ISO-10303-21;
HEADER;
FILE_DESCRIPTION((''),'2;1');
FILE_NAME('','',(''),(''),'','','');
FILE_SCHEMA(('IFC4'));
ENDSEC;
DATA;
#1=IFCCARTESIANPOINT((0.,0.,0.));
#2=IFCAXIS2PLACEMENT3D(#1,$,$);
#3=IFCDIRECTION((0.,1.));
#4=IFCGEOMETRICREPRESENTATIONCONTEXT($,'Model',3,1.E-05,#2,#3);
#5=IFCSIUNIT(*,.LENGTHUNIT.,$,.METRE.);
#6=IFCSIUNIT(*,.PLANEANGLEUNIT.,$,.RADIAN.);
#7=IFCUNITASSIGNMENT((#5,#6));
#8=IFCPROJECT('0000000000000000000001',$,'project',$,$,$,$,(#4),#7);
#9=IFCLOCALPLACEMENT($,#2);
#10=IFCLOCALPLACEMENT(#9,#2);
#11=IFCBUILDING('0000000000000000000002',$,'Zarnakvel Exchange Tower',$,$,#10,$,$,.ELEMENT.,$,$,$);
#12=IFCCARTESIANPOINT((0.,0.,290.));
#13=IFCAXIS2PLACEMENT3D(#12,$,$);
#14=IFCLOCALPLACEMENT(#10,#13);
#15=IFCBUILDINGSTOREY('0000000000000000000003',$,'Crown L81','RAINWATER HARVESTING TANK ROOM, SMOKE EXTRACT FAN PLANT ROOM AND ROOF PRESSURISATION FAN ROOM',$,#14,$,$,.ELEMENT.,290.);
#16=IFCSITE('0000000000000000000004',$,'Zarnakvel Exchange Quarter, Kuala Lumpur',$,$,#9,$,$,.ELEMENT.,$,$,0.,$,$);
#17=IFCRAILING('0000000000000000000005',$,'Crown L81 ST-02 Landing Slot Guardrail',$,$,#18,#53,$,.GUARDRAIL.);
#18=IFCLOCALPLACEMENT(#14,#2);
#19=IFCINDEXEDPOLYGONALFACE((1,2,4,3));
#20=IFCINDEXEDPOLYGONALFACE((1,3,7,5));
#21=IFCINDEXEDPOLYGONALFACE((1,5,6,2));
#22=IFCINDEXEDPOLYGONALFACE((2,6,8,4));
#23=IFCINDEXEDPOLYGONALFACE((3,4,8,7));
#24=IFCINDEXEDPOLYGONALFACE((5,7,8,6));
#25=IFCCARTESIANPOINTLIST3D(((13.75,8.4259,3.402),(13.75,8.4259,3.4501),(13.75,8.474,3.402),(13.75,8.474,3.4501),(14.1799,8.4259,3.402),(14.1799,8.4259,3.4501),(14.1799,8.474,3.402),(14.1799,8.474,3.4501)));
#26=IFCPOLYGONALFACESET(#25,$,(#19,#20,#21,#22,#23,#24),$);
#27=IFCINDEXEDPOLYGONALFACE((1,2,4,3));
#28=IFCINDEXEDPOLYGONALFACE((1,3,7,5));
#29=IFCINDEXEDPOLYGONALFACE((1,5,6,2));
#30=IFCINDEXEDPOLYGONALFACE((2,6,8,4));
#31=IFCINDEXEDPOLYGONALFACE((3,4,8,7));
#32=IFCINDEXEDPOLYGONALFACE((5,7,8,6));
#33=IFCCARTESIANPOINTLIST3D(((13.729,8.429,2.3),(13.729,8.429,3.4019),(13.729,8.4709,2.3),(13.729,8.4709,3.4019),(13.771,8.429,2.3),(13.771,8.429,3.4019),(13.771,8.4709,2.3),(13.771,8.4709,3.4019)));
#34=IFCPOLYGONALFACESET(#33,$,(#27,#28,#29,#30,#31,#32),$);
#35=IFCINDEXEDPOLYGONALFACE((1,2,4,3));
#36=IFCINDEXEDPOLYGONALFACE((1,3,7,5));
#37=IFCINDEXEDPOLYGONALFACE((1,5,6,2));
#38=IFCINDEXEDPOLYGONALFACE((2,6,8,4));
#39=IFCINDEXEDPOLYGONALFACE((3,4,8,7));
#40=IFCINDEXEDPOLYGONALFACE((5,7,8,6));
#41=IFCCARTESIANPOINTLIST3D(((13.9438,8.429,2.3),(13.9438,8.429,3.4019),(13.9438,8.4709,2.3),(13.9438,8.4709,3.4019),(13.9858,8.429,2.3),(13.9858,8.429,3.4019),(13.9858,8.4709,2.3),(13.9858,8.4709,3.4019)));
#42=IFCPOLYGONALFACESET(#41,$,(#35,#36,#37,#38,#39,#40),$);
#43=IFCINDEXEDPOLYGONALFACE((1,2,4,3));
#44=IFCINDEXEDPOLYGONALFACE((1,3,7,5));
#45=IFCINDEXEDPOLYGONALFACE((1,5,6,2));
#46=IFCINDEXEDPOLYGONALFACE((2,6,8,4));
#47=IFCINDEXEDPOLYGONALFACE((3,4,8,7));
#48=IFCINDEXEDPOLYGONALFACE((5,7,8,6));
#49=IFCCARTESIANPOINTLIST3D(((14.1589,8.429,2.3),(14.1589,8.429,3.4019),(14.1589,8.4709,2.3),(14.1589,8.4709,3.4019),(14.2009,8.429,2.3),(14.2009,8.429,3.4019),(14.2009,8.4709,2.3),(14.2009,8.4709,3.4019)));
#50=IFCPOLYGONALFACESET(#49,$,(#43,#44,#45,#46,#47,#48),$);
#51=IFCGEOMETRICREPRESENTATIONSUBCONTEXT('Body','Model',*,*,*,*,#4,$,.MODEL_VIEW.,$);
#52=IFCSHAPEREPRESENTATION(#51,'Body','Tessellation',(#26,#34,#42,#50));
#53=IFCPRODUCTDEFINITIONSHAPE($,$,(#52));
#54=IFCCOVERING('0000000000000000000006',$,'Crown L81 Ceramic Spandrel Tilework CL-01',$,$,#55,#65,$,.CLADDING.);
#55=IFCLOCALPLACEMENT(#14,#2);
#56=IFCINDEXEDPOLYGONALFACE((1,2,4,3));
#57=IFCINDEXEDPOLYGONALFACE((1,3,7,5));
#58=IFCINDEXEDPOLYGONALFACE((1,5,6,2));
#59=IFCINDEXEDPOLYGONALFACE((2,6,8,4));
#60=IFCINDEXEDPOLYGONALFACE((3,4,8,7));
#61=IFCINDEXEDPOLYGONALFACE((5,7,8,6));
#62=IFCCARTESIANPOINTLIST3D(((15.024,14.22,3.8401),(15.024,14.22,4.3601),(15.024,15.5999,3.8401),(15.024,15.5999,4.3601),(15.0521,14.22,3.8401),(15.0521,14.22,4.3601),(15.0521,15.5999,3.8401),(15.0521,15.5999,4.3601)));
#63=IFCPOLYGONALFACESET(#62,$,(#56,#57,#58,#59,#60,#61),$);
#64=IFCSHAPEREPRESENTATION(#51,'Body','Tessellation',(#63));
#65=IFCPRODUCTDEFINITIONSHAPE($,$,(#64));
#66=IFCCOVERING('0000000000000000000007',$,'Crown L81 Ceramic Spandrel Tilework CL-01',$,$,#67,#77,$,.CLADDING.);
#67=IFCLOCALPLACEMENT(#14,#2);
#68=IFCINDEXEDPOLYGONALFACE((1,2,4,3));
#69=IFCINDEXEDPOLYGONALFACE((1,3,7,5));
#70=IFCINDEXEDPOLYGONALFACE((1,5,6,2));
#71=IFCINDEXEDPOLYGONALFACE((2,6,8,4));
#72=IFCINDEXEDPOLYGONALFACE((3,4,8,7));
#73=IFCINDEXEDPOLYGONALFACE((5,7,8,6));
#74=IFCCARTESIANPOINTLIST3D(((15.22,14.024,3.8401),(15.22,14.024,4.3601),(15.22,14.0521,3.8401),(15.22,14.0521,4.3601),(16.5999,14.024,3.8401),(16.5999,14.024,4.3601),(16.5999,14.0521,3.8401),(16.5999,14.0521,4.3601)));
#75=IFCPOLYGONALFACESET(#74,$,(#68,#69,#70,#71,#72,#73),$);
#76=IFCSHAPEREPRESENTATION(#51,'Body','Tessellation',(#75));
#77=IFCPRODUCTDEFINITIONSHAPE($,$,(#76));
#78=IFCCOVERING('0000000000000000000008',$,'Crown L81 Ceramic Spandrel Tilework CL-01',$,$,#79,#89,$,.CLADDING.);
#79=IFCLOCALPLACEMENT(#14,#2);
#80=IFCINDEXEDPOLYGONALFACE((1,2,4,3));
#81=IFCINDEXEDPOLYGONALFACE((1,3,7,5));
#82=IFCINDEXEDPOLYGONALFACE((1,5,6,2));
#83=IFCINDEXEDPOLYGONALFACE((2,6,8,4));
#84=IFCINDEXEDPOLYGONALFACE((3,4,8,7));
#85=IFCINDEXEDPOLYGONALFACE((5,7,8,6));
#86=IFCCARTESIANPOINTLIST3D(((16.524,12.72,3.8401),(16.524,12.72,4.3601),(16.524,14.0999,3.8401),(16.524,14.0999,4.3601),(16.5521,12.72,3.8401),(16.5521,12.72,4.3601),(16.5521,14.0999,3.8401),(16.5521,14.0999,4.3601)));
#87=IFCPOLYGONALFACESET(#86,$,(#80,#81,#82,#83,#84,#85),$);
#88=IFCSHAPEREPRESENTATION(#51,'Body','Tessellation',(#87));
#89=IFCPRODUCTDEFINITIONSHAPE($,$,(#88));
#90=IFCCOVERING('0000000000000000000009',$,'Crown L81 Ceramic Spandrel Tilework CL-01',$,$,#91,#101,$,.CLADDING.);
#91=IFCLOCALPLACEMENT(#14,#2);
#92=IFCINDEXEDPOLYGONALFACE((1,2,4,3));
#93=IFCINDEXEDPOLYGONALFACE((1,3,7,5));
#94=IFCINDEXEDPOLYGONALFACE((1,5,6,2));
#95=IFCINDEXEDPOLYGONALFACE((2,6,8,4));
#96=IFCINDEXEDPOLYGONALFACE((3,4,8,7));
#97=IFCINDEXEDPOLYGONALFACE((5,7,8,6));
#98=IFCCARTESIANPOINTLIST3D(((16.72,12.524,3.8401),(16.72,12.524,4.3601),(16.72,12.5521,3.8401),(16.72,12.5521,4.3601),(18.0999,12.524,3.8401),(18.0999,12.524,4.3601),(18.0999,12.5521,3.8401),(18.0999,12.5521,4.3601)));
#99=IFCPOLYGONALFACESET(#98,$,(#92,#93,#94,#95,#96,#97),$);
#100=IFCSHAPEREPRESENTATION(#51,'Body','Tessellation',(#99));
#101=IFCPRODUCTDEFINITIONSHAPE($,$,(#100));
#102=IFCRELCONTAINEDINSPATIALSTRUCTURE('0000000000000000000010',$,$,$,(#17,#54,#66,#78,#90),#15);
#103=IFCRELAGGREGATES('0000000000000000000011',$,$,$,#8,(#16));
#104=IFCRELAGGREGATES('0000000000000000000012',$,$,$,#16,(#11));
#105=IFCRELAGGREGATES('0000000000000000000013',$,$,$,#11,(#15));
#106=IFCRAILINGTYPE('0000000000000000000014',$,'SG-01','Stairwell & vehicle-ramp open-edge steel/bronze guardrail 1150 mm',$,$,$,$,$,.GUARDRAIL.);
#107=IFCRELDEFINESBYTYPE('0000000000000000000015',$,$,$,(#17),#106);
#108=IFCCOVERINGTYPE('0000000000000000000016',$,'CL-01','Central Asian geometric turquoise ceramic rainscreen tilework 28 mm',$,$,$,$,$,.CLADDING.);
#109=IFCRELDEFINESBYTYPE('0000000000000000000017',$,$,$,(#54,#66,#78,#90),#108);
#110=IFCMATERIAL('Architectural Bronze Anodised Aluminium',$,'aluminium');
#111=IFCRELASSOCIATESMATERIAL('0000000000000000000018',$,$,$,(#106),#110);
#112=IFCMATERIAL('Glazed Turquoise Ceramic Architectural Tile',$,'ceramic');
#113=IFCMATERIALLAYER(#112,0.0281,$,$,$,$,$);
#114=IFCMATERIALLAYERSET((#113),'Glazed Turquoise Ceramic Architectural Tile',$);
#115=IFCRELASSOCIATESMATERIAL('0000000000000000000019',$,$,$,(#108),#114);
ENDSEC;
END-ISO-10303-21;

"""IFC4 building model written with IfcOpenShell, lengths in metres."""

from ifc_helpers import new_model, si_unit, direction, frame, origin, origin_2d, place, context, subcontext, project, spatial, rectangle, extrude, source, transform, mapped, material, layer, layer_set, type_object, element, save


model = new_model("IFC4")

# Units and contexts
model_context = context("Model", 3, precision=1e-05, world=origin(), true_north=direction((0.0, 1.0)))
body_context = subcontext(model_context, "Body", "Model", "MODEL_VIEW")
ifc_project = project(units=[si_unit("LENGTHUNIT", "METRE"), si_unit("PLANEANGLEUNIT", "RADIAN")], contexts=[model_context])

# Site, building, storey
site_placement = place(None, origin())
site = spatial("IfcSite", under=ifc_project, at=site_placement, Name="Zarnakvel Exchange Quarter, Kuala Lumpur", CompositionType="ELEMENT", RefElevation=0.0)
building_placement = place(site_placement, origin())
building = spatial("IfcBuilding", under=site, at=building_placement, Name="Zarnakvel Exchange Tower", CompositionType="ELEMENT")
storey_placement = place(building_placement, frame((0.0, 0.0, 290.0)))
storey = spatial("IfcBuildingStorey", under=building, at=storey_placement, Name="Crown L81", Description="RAINWATER HARVESTING TANK ROOM, SMOKE EXTRACT FAN PLANT ROOM AND ROOF PRESSURISATION FAN ROOM", CompositionType="ELEMENT", Elevation=290.0)

# Shared definitions
ifc_material_1 = material(Name="Architectural Bronze Anodised Aluminium", Category="aluminium")

# Railing
railing_type_1 = type_object("IfcRailingType", Name="SG-01", Description="Stairwell & vehicle-ramp open-edge steel/bronze guardrail 1150 mm", PredefinedType="GUARDRAIL", material=ifc_material_1)
railing_1_placement = place(storey_placement, frame((13.75, 8.45, 2.3)))
element("IfcRailing", 1, at=railing_1_placement, inside=storey, type_object=railing_type_1, Name="Crown L81 ST-02 Landing Slot Guardrail", PredefinedType="GUARDRAIL", context=body_context, shape_type="SweptSolid", body=[
    extrude(rectangle(XDim=0.0481, YDim=0.0481, at=origin_2d()), frame((0.0, 0.0, 1.126), z_axis=(1.0, 0.0, 0.0), x_axis=(0.0, 1.0, 0.0)), (0.0, 0.0, 1.0), 0.4299),
    extrude(rectangle(XDim=0.042, YDim=0.042, at=origin_2d()), origin(), (0.0, 0.0, 1.0), 1.1018),
    extrude(rectangle(XDim=0.042, YDim=0.042, at=origin_2d()), frame((0.2148, 0.0, 0.0)), (0.0, 0.0, 1.0), 1.1018),
    extrude(rectangle(XDim=0.042, YDim=0.042, at=origin_2d()), frame((0.4299, 0.0, 0.0)), (0.0, 0.0, 1.0), 1.1018),
])

# Coverings
ifc_material_2 = material(Name="Glazed Turquoise Ceramic Architectural Tile", Category="ceramic")
ifc_layer_1 = layer(ifc_material_2, 0.0281)
ifc_layer_set_1 = layer_set([ifc_layer_1], Name="Glazed Turquoise Ceramic Architectural Tile")
covering_type = type_object("IfcCoveringType", Name="CL-01", Description="Central Asian geometric turquoise ceramic rainscreen tilework 28 mm", PredefinedType="CLADDING", material=ifc_layer_set_1)
shared_shape_1 = source(origin(), body_context, "Body", "SweptSolid", [
    extrude(rectangle(XDim=1.3799, YDim=0.0281, at=origin_2d()), origin(), (0.0, 0.0, 1.0), 0.52),
])
for number, where, z_axis, x_axis, name in (
    (2, (15.0381, 14.9099, 3.8401), (0.0, 0.0, 1.0), (0.0, 1.0, 0.0), "Crown L81 Ceramic Spandrel Tilework CL-01"),
    (3, (15.9099, 14.0381, 3.8401), (0.0, 0.0, 1.0), (-1.0, 0.0, 0.0), "Crown L81 Ceramic Spandrel Tilework CL-01"),
    (4, (16.5381, 13.4099, 3.8401), (0.0, 0.0, 1.0), (0.0, 1.0, 0.0), "Crown L81 Ceramic Spandrel Tilework CL-01"),
    (5, (17.4099, 12.5381, 3.8401), (0.0, 0.0, 1.0), (-1.0, 0.0, 0.0), "Crown L81 Ceramic Spandrel Tilework CL-01"),
):
    element("IfcCovering", number, at=place(storey_placement, frame(where, z_axis=z_axis, x_axis=x_axis)), inside=storey, type_object=covering_type, Name=name, PredefinedType="CLADDING", context=body_context, shape_type="MappedRepresentation", body=[
        mapped(shared_shape_1, transform((0.0, 0.0, 0.0), x_axis=(1.0, 0.0, 0.0), y_axis=(0.0, 1.0, 0.0), z_axis=(0.0, 0.0, 1.0), scale=1.0)),
    ])

save(model, "model.ifc")
